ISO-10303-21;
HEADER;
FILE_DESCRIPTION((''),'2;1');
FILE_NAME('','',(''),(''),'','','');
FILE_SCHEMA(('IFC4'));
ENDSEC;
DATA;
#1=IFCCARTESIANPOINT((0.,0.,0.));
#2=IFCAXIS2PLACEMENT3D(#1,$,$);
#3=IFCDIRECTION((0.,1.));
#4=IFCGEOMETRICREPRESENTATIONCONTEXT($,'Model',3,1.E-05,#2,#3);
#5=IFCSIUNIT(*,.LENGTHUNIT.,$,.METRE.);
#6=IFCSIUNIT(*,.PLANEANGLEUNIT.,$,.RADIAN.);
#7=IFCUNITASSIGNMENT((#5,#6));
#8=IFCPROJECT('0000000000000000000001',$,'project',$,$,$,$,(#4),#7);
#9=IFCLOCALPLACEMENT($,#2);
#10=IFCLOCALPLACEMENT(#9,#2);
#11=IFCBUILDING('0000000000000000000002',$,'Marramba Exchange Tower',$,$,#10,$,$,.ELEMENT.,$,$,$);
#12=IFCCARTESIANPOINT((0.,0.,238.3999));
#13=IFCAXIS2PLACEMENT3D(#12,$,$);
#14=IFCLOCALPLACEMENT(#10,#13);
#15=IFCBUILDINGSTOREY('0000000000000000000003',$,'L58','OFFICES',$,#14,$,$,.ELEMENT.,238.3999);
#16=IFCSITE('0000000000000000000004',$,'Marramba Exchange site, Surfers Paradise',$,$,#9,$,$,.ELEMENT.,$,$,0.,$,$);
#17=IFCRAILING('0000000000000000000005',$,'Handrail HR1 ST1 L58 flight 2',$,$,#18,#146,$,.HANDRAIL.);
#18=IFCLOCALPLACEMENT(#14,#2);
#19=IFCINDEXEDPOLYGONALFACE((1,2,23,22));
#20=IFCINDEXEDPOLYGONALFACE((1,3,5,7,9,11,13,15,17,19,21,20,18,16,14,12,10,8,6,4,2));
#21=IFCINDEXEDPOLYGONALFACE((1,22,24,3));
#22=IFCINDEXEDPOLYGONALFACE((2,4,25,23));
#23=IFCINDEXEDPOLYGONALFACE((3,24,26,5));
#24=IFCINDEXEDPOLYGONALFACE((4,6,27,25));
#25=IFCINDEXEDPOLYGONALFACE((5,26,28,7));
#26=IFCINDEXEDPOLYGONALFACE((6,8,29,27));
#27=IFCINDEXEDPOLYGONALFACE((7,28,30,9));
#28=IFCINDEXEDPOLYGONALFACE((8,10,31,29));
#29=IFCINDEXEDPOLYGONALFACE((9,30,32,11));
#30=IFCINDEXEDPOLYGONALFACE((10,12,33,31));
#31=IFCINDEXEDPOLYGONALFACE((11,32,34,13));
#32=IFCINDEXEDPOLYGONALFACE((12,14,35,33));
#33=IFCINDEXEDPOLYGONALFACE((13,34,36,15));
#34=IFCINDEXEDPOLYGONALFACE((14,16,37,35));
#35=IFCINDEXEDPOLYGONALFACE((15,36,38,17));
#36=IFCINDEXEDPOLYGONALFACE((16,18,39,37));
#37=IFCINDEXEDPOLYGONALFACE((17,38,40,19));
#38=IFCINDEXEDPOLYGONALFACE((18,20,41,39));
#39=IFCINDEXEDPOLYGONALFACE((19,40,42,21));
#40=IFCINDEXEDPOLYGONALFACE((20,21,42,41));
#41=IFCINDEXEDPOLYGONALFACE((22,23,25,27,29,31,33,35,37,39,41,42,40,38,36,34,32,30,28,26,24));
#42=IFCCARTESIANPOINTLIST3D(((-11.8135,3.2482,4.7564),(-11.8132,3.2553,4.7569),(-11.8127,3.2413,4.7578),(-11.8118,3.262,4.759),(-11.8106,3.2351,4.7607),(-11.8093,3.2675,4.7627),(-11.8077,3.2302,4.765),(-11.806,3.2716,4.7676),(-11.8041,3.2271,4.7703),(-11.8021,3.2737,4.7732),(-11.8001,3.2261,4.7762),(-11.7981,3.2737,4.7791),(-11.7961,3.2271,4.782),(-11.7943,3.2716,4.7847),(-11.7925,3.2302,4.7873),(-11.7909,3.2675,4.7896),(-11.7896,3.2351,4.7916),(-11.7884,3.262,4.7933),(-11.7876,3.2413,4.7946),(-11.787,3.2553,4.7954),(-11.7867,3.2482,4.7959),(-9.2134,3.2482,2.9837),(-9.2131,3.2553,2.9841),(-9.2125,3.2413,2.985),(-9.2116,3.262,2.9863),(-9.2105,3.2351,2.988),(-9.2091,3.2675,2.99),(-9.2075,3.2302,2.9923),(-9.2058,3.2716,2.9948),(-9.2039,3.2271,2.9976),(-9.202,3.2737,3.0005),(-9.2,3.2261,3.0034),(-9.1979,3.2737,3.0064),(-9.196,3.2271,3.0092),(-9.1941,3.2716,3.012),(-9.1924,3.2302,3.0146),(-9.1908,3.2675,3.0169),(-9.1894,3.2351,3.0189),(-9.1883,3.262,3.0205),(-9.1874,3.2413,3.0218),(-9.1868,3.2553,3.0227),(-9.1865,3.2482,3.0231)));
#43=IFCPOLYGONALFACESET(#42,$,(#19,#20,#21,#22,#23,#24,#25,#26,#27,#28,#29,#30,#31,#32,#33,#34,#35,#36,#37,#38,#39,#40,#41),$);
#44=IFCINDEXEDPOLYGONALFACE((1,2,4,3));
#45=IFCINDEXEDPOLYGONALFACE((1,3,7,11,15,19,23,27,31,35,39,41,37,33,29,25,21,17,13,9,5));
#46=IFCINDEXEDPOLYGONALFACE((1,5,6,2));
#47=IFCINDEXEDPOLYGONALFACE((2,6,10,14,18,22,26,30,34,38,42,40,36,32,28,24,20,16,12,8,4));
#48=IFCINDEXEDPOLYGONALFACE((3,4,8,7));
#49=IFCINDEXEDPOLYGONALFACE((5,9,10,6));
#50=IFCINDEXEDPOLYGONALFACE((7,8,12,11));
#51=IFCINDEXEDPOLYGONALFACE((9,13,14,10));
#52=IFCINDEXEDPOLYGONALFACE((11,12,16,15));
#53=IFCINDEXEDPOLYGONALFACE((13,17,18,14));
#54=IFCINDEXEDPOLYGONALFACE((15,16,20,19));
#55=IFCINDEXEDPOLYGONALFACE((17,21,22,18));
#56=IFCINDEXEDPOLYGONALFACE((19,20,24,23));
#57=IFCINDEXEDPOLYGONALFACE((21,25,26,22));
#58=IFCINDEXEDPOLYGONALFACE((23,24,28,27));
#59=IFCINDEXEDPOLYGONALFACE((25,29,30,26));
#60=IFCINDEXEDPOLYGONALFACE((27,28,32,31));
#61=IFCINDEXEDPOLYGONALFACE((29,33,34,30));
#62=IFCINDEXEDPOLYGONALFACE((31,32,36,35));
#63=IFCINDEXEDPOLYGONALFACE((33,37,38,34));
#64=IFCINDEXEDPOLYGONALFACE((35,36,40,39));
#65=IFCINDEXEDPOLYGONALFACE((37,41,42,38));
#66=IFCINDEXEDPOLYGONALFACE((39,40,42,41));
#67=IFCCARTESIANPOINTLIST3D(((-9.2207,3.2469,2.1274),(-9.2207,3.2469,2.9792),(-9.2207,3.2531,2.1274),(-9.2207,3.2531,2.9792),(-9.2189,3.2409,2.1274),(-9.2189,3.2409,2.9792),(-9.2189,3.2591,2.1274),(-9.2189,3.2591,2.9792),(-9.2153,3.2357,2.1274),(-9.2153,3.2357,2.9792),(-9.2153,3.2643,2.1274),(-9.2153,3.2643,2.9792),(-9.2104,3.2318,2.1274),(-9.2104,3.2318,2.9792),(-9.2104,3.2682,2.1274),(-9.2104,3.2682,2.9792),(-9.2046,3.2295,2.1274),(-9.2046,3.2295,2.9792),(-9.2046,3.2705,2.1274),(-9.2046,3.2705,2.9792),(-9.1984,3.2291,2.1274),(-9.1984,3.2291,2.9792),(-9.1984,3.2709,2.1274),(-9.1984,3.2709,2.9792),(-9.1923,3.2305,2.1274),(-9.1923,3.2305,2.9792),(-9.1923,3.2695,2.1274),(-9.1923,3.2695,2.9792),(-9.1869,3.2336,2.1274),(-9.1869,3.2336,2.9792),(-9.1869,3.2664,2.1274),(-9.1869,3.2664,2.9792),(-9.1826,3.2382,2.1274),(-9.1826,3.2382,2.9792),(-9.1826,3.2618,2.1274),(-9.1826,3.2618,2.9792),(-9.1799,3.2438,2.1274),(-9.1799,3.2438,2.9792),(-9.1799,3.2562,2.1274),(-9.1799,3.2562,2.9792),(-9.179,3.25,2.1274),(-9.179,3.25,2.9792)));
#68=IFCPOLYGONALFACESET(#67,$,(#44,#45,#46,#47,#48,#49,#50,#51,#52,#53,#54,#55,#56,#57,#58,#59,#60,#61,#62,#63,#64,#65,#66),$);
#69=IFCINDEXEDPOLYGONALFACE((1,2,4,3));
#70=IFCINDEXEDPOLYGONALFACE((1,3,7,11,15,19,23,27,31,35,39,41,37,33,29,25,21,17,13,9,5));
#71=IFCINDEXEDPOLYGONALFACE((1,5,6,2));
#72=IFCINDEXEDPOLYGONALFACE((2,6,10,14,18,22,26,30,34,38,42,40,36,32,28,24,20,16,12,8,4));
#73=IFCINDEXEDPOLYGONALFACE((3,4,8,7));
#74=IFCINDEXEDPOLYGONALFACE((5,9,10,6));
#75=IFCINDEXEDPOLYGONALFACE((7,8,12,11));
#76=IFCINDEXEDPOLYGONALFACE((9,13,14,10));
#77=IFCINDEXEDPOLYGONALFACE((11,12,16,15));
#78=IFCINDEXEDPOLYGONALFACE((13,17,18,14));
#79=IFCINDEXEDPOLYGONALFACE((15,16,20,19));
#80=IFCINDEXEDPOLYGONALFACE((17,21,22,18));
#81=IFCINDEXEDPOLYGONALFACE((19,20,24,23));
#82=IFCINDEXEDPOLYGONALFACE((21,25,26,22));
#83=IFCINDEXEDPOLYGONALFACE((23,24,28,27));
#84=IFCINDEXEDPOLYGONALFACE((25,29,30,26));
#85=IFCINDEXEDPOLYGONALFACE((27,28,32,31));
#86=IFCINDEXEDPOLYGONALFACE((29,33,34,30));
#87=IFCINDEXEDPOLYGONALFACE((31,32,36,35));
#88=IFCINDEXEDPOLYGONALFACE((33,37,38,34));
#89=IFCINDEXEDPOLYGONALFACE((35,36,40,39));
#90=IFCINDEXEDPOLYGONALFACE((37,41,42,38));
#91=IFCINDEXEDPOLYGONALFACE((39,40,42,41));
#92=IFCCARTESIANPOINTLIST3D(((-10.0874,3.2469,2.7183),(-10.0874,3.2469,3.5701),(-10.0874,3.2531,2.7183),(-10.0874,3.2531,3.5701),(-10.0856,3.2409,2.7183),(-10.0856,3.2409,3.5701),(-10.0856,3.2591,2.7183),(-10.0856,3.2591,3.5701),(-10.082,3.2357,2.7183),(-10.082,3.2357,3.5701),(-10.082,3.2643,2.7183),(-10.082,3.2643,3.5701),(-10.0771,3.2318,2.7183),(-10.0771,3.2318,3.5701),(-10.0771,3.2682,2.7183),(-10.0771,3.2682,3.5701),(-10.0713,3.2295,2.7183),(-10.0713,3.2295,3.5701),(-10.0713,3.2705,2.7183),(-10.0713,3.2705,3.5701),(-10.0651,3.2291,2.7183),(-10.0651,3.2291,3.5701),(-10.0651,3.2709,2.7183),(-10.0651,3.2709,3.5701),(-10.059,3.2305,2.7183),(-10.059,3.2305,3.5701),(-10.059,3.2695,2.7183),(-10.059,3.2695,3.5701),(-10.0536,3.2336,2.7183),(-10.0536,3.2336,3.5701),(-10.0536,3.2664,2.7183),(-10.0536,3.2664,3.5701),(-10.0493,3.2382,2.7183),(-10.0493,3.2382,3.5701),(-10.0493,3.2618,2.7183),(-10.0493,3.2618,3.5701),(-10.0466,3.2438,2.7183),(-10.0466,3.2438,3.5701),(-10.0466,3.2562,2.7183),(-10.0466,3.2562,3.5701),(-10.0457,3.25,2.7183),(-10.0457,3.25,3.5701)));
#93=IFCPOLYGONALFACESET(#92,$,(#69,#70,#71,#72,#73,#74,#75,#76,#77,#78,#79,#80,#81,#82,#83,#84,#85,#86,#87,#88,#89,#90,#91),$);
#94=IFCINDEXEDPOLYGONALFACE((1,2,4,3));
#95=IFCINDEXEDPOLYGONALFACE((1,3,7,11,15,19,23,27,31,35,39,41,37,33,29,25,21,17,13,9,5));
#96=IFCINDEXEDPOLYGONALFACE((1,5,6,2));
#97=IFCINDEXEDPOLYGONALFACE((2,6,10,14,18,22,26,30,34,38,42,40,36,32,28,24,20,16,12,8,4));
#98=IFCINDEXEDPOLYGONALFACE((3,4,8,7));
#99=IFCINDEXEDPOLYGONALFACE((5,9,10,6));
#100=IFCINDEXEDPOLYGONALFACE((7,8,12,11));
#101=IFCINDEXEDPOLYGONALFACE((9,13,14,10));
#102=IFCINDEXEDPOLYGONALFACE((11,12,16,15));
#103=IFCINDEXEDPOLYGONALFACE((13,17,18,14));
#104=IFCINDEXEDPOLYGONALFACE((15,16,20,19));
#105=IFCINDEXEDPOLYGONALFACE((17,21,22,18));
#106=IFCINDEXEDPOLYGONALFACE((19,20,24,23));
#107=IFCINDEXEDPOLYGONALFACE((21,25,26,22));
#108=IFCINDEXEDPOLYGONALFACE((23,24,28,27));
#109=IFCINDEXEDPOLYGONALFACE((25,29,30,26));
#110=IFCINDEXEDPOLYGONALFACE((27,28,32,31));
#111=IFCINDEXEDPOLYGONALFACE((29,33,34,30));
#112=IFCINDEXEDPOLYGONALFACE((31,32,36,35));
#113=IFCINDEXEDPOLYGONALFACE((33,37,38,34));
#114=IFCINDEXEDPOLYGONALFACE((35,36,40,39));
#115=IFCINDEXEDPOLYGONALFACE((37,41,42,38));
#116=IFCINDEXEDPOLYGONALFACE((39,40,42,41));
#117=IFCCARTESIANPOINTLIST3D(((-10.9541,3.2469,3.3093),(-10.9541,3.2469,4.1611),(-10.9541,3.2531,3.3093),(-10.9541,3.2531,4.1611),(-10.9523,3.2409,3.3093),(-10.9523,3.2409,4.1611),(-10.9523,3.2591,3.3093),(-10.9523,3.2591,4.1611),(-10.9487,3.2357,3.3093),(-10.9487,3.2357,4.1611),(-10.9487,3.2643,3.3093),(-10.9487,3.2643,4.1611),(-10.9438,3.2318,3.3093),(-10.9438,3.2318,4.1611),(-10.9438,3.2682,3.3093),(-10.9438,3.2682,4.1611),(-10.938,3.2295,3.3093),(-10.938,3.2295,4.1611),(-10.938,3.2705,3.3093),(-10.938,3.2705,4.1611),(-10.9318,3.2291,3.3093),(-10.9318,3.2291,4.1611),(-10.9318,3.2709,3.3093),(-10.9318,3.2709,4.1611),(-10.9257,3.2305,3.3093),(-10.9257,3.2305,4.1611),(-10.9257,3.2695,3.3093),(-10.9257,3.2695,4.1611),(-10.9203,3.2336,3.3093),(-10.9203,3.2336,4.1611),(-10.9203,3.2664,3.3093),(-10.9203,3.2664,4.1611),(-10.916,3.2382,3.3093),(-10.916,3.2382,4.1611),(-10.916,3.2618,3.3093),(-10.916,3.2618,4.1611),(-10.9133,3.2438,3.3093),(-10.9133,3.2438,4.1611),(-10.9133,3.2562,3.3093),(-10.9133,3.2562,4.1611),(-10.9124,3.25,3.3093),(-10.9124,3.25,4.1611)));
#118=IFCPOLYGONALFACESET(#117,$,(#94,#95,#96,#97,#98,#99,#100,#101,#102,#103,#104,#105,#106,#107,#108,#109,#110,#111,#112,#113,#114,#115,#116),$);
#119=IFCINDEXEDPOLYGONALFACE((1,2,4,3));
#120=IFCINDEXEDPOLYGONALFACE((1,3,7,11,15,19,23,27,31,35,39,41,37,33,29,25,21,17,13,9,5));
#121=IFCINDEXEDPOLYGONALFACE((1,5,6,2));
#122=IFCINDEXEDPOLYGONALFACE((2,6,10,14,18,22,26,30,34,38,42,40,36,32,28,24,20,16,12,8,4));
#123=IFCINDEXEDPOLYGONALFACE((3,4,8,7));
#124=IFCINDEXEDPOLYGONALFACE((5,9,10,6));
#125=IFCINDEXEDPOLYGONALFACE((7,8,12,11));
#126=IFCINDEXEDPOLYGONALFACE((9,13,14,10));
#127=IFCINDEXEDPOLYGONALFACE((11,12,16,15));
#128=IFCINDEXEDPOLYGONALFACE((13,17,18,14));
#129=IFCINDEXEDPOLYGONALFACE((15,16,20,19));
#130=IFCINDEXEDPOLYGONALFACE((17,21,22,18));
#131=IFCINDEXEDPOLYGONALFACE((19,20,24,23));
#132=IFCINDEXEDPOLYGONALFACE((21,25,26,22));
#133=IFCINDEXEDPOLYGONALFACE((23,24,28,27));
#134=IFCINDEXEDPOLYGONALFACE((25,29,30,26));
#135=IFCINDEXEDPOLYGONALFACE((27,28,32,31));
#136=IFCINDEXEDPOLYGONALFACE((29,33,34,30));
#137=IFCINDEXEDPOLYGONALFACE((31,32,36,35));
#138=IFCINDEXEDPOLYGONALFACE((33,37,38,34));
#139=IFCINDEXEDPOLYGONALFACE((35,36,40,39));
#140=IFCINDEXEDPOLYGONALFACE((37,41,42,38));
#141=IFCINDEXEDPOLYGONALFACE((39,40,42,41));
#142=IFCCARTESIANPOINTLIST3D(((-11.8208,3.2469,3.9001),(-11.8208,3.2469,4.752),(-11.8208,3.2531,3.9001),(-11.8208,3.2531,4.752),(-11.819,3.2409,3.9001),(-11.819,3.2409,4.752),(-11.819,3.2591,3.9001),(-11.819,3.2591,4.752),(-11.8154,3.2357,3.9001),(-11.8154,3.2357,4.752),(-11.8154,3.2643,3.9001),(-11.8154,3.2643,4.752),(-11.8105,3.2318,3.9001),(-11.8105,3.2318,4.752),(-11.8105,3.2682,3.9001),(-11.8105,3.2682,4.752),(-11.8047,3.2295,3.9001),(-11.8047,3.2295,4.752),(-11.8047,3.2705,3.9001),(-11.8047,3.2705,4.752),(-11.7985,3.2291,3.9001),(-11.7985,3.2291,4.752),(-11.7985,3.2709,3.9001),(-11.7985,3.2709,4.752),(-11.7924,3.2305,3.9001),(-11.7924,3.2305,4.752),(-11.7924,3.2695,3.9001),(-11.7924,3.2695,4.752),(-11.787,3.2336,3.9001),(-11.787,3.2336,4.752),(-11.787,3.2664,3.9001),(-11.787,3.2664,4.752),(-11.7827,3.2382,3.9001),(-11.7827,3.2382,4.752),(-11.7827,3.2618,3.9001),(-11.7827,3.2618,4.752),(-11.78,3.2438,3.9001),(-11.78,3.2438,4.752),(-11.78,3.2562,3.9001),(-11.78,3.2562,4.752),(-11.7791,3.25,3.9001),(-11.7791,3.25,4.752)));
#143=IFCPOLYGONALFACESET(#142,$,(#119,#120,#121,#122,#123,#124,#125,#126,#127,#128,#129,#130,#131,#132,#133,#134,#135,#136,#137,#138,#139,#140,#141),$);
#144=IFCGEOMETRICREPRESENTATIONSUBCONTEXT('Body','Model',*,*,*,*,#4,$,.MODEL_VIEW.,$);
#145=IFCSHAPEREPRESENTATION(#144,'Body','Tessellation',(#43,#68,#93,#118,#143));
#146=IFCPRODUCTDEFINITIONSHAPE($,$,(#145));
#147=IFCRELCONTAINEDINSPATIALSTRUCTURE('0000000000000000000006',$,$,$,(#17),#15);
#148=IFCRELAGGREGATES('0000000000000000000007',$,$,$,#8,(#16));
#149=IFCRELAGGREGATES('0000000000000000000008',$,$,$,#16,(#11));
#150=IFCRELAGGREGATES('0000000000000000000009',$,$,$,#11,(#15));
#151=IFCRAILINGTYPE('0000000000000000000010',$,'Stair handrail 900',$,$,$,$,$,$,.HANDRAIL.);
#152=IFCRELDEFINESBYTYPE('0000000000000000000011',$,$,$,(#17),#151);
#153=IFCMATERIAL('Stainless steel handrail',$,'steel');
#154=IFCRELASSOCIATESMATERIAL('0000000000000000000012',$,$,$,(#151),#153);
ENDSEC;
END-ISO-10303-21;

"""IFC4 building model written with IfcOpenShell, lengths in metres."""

from ifc_helpers import new_model, si_unit, direction, frame, origin, origin_2d, place, context, subcontext, project, spatial, circle, extrude, material, type_object, element, save


model = new_model("IFC4")

# Units and contexts
model_context = context("Model", 3, precision=1e-05, world=origin(), true_north=direction((0.0, 1.0)))
body_context = subcontext(model_context, "Body", "Model", "MODEL_VIEW")
ifc_project = project(units=[si_unit("LENGTHUNIT", "METRE"), si_unit("PLANEANGLEUNIT", "RADIAN")], contexts=[model_context])

# Site, building, storey
site_placement = place(None, origin())
site = spatial("IfcSite", under=ifc_project, at=site_placement, Name="Marramba Exchange site, Surfers Paradise", CompositionType="ELEMENT", RefElevation=0.0)
building_placement = place(site_placement, origin())
building = spatial("IfcBuilding", under=site, at=building_placement, Name="Marramba Exchange Tower", CompositionType="ELEMENT")
storey_placement = place(building_placement, frame((0.0, 0.0, 238.3999)))
storey = spatial("IfcBuildingStorey", under=building, at=storey_placement, Name="L58", Description="OFFICES", CompositionType="ELEMENT", Elevation=238.3999)

# Railing
ifc_material_1 = material(Name="Stainless steel handrail", Category="steel")
railing_type = type_object("IfcRailingType", Name="Stair handrail 900", PredefinedType="HANDRAIL", material=ifc_material_1)
railing_1_placement = place(storey_placement, frame((-9.2, 3.25, 2.1274)))
element("IfcRailing", 1, at=railing_1_placement, inside=storey, type_object=railing_type, Name="Handrail HR1 ST1 L58 flight 2", PredefinedType="HANDRAIL", context=body_context, shape_type="SweptSolid", body=[
    extrude(circle(Radius=0.0239, at=origin_2d()), frame((0.0, 0.0, 0.876), z_axis=(-0.82624, 0.0, 0.563318), x_axis=(0.0, -1.0, 0.0)), (0.0, 0.0, 1.0), 3.147),
    extrude(circle(Radius=0.021, at=origin_2d()), origin(), (0.0, 0.0, 1.0), 0.8518),
    extrude(circle(Radius=0.021, at=origin_2d()), frame((-0.8667, 0.0, 0.5908)), (0.0, 0.0, 1.0), 0.8518),
    extrude(circle(Radius=0.021, at=origin_2d()), frame((-1.7334, 0.0, 1.1819)), (0.0, 0.0, 1.0), 0.8518),
    extrude(circle(Radius=0.021, at=origin_2d()), frame((-2.6001, 0.0, 1.7727)), (0.0, 0.0, 1.0), 0.8518),
])

save(model, "model.ifc")
